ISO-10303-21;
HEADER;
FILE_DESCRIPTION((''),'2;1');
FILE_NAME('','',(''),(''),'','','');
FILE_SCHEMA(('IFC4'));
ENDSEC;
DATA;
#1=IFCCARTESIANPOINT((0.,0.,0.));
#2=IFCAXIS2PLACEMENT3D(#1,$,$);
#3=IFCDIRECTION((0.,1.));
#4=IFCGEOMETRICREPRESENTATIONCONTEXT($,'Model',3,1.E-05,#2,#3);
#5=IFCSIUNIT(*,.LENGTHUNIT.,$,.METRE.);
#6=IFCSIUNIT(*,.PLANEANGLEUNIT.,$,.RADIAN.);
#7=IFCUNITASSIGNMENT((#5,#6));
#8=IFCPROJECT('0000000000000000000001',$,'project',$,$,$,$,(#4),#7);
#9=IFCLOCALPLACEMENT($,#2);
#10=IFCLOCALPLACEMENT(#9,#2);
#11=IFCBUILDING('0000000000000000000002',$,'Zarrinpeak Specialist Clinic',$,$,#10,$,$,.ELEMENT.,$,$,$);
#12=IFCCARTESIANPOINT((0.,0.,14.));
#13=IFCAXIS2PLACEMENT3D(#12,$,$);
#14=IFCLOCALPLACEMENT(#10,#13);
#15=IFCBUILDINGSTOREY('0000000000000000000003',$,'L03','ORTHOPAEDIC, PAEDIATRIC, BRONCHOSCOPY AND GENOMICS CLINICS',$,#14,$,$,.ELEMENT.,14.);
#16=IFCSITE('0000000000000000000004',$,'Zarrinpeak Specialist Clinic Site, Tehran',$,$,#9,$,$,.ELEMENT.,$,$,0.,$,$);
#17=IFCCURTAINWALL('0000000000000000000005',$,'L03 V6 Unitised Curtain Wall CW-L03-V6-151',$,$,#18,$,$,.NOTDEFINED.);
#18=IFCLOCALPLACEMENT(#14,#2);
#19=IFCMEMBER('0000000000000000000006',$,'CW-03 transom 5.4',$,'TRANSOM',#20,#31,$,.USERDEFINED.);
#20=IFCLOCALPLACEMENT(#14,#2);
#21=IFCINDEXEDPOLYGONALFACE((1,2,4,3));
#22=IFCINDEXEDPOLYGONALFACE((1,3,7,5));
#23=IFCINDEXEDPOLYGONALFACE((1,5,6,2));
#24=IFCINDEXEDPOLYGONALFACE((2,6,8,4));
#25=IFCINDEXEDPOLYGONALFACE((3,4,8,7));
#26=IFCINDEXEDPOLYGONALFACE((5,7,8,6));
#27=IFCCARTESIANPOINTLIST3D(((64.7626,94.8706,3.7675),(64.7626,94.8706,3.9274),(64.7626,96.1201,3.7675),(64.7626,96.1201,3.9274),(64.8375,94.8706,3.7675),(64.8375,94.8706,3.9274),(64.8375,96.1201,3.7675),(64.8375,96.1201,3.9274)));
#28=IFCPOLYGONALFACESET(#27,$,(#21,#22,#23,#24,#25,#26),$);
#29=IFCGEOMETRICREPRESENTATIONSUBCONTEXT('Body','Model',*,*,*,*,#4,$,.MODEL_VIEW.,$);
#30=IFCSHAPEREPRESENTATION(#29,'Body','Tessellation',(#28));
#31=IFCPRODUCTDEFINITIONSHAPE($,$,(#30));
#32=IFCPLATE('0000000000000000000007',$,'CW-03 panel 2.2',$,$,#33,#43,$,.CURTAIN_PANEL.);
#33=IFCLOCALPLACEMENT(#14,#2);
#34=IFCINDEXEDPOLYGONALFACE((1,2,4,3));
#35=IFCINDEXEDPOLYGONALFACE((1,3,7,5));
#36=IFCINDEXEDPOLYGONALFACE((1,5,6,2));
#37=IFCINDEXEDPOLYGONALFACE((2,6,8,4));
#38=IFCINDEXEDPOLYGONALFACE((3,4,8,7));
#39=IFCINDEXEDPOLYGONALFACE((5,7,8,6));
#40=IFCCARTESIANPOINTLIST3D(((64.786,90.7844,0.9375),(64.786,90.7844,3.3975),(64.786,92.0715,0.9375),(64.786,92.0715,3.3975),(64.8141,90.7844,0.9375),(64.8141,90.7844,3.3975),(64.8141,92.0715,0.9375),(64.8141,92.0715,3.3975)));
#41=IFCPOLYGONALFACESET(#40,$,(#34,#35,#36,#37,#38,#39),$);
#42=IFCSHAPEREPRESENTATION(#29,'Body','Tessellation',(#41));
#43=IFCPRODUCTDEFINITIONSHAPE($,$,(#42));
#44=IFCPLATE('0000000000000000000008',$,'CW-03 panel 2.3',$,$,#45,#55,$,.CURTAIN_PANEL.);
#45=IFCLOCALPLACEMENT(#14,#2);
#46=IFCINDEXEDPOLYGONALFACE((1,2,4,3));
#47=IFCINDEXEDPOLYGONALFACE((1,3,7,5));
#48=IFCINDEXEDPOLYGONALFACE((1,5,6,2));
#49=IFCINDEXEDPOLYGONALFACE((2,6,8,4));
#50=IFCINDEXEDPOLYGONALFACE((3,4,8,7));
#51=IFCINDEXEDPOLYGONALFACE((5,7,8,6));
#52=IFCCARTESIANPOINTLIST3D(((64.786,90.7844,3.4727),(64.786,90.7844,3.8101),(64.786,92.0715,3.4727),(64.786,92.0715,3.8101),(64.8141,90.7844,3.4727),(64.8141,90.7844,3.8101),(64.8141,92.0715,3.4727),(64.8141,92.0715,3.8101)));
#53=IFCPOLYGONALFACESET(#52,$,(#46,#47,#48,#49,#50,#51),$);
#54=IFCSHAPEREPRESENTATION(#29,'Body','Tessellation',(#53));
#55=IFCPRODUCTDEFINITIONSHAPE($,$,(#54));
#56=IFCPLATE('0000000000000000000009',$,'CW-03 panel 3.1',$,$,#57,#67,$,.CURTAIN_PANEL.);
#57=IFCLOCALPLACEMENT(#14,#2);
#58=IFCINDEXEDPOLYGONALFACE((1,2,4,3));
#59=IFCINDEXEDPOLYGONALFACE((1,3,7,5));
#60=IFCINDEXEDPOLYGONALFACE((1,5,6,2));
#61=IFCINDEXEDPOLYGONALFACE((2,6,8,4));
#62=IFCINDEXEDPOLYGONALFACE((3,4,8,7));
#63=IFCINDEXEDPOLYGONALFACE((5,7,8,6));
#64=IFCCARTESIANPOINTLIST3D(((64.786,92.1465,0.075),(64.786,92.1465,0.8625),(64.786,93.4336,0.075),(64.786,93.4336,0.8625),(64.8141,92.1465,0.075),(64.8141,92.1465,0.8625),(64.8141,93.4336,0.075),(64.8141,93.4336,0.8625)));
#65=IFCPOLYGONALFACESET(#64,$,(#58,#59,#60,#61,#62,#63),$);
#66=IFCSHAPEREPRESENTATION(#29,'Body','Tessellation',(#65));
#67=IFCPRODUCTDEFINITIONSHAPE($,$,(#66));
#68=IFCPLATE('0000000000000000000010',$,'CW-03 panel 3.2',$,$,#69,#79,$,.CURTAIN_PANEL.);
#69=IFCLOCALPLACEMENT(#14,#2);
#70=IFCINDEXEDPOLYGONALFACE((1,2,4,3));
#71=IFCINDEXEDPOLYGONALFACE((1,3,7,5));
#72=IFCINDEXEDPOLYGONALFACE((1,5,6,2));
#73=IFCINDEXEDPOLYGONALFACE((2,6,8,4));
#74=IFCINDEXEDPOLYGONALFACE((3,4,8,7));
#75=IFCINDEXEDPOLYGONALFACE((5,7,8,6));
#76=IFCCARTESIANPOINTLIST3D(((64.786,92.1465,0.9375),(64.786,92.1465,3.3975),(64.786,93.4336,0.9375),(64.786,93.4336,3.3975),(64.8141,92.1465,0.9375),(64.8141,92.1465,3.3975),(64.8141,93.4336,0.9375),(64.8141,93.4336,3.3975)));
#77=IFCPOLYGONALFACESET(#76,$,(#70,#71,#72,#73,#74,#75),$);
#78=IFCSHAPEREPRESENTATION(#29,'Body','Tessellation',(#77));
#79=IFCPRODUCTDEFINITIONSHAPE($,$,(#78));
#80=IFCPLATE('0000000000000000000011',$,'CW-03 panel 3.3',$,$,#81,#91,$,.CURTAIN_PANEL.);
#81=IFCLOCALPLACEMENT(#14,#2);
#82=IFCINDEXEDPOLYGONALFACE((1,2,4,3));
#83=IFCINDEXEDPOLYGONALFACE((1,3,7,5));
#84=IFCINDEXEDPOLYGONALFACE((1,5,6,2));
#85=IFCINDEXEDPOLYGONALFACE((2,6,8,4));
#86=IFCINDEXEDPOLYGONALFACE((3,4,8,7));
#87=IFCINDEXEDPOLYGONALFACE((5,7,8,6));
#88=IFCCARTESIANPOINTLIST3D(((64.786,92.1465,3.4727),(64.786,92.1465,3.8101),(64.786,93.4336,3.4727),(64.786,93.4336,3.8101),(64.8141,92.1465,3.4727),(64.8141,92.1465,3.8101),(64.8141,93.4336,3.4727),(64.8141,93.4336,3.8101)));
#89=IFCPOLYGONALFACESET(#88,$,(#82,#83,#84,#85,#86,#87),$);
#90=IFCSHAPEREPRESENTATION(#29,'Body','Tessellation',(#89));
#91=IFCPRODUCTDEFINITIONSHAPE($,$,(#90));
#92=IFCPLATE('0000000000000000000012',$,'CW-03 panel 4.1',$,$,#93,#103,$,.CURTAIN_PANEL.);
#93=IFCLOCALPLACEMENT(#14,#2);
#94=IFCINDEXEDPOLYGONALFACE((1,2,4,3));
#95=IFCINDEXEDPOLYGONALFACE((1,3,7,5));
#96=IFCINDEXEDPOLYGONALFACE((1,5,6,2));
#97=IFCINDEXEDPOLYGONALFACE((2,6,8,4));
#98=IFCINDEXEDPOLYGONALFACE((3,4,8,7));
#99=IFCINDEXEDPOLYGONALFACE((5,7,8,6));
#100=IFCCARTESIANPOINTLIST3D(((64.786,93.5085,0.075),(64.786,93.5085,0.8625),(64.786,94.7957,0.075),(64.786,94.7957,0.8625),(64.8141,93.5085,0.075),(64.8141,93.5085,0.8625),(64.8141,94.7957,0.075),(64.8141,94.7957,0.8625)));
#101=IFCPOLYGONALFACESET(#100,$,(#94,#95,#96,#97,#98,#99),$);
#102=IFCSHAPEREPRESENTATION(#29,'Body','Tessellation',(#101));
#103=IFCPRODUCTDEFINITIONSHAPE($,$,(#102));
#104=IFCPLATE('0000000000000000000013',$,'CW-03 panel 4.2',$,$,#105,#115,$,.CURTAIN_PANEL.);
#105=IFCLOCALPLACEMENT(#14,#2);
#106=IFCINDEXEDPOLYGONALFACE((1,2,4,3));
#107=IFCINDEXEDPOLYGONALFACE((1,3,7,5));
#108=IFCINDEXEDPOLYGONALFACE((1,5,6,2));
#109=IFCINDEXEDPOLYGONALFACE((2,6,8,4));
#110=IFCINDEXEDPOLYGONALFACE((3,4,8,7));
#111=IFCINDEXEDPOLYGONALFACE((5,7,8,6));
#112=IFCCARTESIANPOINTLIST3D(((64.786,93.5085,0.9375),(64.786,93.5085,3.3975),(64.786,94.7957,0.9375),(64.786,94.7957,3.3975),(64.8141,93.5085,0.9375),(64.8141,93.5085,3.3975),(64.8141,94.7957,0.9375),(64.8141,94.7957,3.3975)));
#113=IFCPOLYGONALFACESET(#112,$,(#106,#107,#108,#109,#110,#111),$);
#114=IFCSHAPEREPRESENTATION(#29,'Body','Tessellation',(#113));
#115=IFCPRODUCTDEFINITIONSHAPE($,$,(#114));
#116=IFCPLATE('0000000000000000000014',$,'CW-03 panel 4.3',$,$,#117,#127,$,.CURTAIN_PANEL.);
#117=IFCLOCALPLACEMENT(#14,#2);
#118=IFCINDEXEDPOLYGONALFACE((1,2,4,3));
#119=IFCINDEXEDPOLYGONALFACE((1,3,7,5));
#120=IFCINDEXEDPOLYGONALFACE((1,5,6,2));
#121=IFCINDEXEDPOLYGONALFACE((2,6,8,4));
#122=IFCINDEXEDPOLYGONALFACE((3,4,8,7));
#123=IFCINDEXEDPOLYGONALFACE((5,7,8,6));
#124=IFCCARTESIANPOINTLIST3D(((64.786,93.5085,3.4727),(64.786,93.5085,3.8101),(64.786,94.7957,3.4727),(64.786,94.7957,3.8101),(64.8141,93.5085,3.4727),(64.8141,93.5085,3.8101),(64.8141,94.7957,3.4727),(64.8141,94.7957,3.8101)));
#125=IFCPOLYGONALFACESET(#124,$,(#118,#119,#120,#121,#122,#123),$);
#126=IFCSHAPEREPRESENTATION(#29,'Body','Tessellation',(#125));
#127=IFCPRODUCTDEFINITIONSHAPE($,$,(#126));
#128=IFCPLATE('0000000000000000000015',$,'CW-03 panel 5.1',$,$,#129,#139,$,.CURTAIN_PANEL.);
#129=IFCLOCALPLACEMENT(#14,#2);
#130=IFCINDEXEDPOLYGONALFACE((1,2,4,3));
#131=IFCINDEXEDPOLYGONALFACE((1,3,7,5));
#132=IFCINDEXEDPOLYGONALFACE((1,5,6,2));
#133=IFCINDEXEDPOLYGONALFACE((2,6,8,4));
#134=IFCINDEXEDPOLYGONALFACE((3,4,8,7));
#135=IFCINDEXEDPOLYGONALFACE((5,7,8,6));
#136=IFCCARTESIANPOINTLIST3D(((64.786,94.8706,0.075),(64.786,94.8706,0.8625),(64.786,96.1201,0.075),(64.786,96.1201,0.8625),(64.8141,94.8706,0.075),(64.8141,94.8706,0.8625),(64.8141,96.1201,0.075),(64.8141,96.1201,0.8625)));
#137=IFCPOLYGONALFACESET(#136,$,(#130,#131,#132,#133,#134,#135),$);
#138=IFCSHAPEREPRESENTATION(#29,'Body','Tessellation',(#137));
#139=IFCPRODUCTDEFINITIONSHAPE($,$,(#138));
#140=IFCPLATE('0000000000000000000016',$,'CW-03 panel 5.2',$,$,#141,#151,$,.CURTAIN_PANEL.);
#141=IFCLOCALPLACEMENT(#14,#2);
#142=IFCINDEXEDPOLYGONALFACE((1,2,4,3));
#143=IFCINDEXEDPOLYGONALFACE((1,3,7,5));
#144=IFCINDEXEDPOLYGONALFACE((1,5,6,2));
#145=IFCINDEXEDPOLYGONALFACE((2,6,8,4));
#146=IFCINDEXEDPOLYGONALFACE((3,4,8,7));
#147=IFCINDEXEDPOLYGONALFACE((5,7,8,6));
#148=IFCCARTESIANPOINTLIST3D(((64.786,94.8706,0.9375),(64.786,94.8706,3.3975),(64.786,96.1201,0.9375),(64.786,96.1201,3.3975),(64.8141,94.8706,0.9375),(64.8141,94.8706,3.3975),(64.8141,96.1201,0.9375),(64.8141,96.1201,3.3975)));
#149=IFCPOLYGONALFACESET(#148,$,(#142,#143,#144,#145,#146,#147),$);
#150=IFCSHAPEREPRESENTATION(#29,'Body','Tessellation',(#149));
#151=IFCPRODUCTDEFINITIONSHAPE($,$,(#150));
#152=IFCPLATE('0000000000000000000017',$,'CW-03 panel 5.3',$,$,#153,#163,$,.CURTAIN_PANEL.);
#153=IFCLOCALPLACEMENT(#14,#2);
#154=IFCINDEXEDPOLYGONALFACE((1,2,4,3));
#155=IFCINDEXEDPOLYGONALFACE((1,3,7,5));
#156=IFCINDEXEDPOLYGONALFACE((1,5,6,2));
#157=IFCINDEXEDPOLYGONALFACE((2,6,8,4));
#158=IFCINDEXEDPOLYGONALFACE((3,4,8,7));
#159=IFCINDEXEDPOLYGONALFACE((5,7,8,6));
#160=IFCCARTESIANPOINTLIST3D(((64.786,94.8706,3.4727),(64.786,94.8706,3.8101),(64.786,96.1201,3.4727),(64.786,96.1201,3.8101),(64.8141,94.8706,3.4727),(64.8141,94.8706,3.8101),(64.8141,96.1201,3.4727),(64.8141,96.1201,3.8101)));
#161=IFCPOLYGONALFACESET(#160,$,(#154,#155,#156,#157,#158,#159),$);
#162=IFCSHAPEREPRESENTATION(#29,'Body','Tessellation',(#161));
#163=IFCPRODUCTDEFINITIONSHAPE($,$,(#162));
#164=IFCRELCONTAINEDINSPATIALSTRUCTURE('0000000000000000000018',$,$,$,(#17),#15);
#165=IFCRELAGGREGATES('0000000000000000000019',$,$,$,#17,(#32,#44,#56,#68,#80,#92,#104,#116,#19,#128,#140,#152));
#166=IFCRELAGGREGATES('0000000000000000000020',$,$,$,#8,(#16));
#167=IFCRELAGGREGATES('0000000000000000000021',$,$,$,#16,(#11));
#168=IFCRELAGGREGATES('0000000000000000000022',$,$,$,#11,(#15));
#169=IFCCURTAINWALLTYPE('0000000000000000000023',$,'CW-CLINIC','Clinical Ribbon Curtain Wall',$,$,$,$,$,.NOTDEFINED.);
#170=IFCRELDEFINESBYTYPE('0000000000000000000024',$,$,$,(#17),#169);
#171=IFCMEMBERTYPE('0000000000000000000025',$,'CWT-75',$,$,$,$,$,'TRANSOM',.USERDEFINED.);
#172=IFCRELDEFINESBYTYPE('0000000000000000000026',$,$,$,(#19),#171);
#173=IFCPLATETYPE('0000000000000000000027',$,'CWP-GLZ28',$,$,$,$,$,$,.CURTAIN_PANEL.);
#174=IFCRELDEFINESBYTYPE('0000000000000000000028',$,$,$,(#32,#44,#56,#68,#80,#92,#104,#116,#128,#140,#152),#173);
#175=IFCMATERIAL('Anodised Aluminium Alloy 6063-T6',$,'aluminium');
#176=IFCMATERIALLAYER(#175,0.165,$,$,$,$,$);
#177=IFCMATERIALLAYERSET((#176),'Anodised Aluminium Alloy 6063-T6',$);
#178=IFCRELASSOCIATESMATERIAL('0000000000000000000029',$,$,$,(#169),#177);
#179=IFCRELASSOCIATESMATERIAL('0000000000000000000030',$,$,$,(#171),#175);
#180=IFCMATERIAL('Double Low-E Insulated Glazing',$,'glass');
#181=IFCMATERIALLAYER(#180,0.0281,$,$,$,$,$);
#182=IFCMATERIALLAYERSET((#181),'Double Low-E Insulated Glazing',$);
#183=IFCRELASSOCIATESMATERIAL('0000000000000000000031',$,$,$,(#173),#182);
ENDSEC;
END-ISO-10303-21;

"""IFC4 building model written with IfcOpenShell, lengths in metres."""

from ifc_helpers import new_model, si_unit, direction, frame, origin, origin_2d, place, context, subcontext, project, spatial, rectangle, extrude, material, layer, layer_set, material_profile, profile_set, type_object, element, aggregate, save


model = new_model("IFC4")

# Units and contexts
model_context = context("Model", 3, precision=1e-05, world=origin(), true_north=direction((0.0, 1.0)))
body_context = subcontext(model_context, "Body", "Model", "MODEL_VIEW")
ifc_project = project(units=[si_unit("LENGTHUNIT", "METRE"), si_unit("PLANEANGLEUNIT", "RADIAN")], contexts=[model_context])

# Site, building, storey
site_placement = place(None, origin())
site = spatial("IfcSite", under=ifc_project, at=site_placement, Name="Zarrinpeak Specialist Clinic Site, Tehran", CompositionType="ELEMENT", RefElevation=0.0)
building_placement = place(site_placement, origin())
building = spatial("IfcBuilding", under=site, at=building_placement, Name="Zarrinpeak Specialist Clinic", CompositionType="ELEMENT")
storey_placement = place(building_placement, frame((0.0, 0.0, 14.0)))
storey = spatial("IfcBuildingStorey", under=building, at=storey_placement, Name="L03", Description="ORTHOPAEDIC, PAEDIATRIC, BRONCHOSCOPY AND GENOMICS CLINICS", CompositionType="ELEMENT", Elevation=14.0)

# Curtain wall, member, plates
ifc_material_1 = material(Name="Anodised Aluminium Alloy 6063-T6", Category="aluminium")
ifc_layer_1 = layer(ifc_material_1, 0.165)
ifc_layer_set_1 = layer_set([ifc_layer_1], Name="Anodised Aluminium Alloy 6063-T6")
curtain_wall_type = type_object("IfcCurtainWallType", Name="CW-CLINIC", Description="Clinical Ribbon Curtain Wall", PredefinedType="NOTDEFINED", material=ifc_layer_set_1)
curtain_wall_placement = place(storey_placement, origin())
curtain_wall = element("IfcCurtainWall", 1, at=curtain_wall_placement, inside=storey, type_object=curtain_wall_type, Name="L03 V6 Unitised Curtain Wall CW-L03-V6-151", PredefinedType="NOTDEFINED")
ifc_material_profile_1 = material_profile(ifc_material_1, rectangle(XDim=0.075, YDim=0.1599, at=origin_2d()), Name="ALU 75x160")
ifc_profile_set_1 = profile_set([ifc_material_profile_1], Name="Anodised Aluminium Alloy 6063-T6")
member_type_1 = type_object("IfcMemberType", Name="CWT-75", ElementType="TRANSOM", PredefinedType="USERDEFINED", material=ifc_profile_set_1)
member_1_placement = place(storey_placement, frame((64.8, 94.8706, 3.8474), z_axis=(0.0, 1.0, 0.0), x_axis=(-1.0, 0.0, 0.0)))
member_1 = element("IfcMember", 2, at=member_1_placement, type_object=member_type_1, Name="CW-03 transom 5.4", ObjectType="TRANSOM", PredefinedType="USERDEFINED", context=body_context, shape_type="SweptSolid", body=[
    extrude(rectangle(XDim=0.075, YDim=0.1599, at=origin_2d()), origin(), (0.0, 0.0, 1.0), 1.2495),
])
ifc_material_2 = material(Name="Double Low-E Insulated Glazing", Category="glass")
ifc_layer_2 = layer(ifc_material_2, 0.0281)
ifc_layer_set_2 = layer_set([ifc_layer_2], Name="Double Low-E Insulated Glazing")
plate_type = type_object("IfcPlateType", Name="CWP-GLZ28", PredefinedType="CURTAIN_PANEL", material=ifc_layer_set_2)
plate_1_placement = place(storey_placement, frame((64.8, 91.428, 0.9375), z_axis=(0.0, 0.0, 1.0), x_axis=(0.0, 1.0, 0.0)))
plate_1 = element("IfcPlate", 3, at=plate_1_placement, type_object=plate_type, Name="CW-03 panel 2.2", PredefinedType="CURTAIN_PANEL", context=body_context, shape_type="SweptSolid", body=[
    extrude(rectangle(XDim=1.2871, YDim=0.0281, at=origin_2d()), origin(), (0.0, 0.0, 1.0), 2.46),
])
plate_2_placement = place(storey_placement, frame((64.8, 91.428, 3.4727), z_axis=(0.0, 0.0, 1.0), x_axis=(0.0, 1.0, 0.0)))
plate_2 = element("IfcPlate", 4, at=plate_2_placement, type_object=plate_type, Name="CW-03 panel 2.3", PredefinedType="CURTAIN_PANEL", context=body_context, shape_type="SweptSolid", body=[
    extrude(rectangle(XDim=1.2871, YDim=0.0281, at=origin_2d()), origin(), (0.0, 0.0, 1.0), 0.3374),
])
plate_3_placement = place(storey_placement, frame((64.8, 92.79, 0.075), z_axis=(0.0, 0.0, 1.0), x_axis=(0.0, 1.0, 0.0)))
plate_3 = element("IfcPlate", 5, at=plate_3_placement, type_object=plate_type, Name="CW-03 panel 3.1", PredefinedType="CURTAIN_PANEL", context=body_context, shape_type="SweptSolid", body=[
    extrude(rectangle(XDim=1.2871, YDim=0.0281, at=origin_2d()), origin(), (0.0, 0.0, 1.0), 0.7876),
])
plate_4_placement = place(storey_placement, frame((64.8, 92.79, 0.9375), z_axis=(0.0, 0.0, 1.0), x_axis=(0.0, 1.0, 0.0)))
plate_4 = element("IfcPlate", 6, at=plate_4_placement, type_object=plate_type, Name="CW-03 panel 3.2", PredefinedType="CURTAIN_PANEL", context=body_context, shape_type="SweptSolid", body=[
    extrude(rectangle(XDim=1.2871, YDim=0.0281, at=origin_2d()), origin(), (0.0, 0.0, 1.0), 2.46),
])
plate_5_placement = place(storey_placement, frame((64.8, 92.79, 3.4727), z_axis=(0.0, 0.0, 1.0), x_axis=(0.0, 1.0, 0.0)))
plate_5 = element("IfcPlate", 7, at=plate_5_placement, type_object=plate_type, Name="CW-03 panel 3.3", PredefinedType="CURTAIN_PANEL", context=body_context, shape_type="SweptSolid", body=[
    extrude(rectangle(XDim=1.2871, YDim=0.0281, at=origin_2d()), origin(), (0.0, 0.0, 1.0), 0.3374),
])
plate_6_placement = place(storey_placement, frame((64.8, 94.1521, 0.075), z_axis=(0.0, 0.0, 1.0), x_axis=(0.0, 1.0, 0.0)))
plate_6 = element("IfcPlate", 8, at=plate_6_placement, type_object=plate_type, Name="CW-03 panel 4.1", PredefinedType="CURTAIN_PANEL", context=body_context, shape_type="SweptSolid", body=[
    extrude(rectangle(XDim=1.2871, YDim=0.0281, at=origin_2d()), origin(), (0.0, 0.0, 1.0), 0.7876),
])
plate_7_placement = place(storey_placement, frame((64.8, 94.1521, 0.9375), z_axis=(0.0, 0.0, 1.0), x_axis=(0.0, 1.0, 0.0)))
plate_7 = element("IfcPlate", 9, at=plate_7_placement, type_object=plate_type, Name="CW-03 panel 4.2", PredefinedType="CURTAIN_PANEL", context=body_context, shape_type="SweptSolid", body=[
    extrude(rectangle(XDim=1.2871, YDim=0.0281, at=origin_2d()), origin(), (0.0, 0.0, 1.0), 2.46),
])
plate_8_placement = place(storey_placement, frame((64.8, 94.1521, 3.4727), z_axis=(0.0, 0.0, 1.0), x_axis=(0.0, 1.0, 0.0)))
plate_8 = element("IfcPlate", 10, at=plate_8_placement, type_object=plate_type, Name="CW-03 panel 4.3", PredefinedType="CURTAIN_PANEL", context=body_context, shape_type="SweptSolid", body=[
    extrude(rectangle(XDim=1.2871, YDim=0.0281, at=origin_2d()), origin(), (0.0, 0.0, 1.0), 0.3374),
])
plate_9_placement = place(storey_placement, frame((64.8, 95.4954, 0.075), z_axis=(0.0, 0.0, 1.0), x_axis=(0.0, 1.0, 0.0)))
plate_9 = element("IfcPlate", 11, at=plate_9_placement, type_object=plate_type, Name="CW-03 panel 5.1", PredefinedType="CURTAIN_PANEL", context=body_context, shape_type="SweptSolid", body=[
    extrude(rectangle(XDim=1.2495, YDim=0.0281, at=origin_2d()), origin(), (0.0, 0.0, 1.0), 0.7876),
])
plate_10_placement = place(storey_placement, frame((64.8, 95.4954, 0.9375), z_axis=(0.0, 0.0, 1.0), x_axis=(0.0, 1.0, 0.0)))
plate_10 = element("IfcPlate", 12, at=plate_10_placement, type_object=plate_type, Name="CW-03 panel 5.2", PredefinedType="CURTAIN_PANEL", context=body_context, shape_type="SweptSolid", body=[
    extrude(rectangle(XDim=1.2495, YDim=0.0281, at=origin_2d()), origin(), (0.0, 0.0, 1.0), 2.46),
])
plate_11_placement = place(storey_placement, frame((64.8, 95.4954, 3.4727), z_axis=(0.0, 0.0, 1.0), x_axis=(0.0, 1.0, 0.0)))
plate_11 = element("IfcPlate", 13, at=plate_11_placement, type_object=plate_type, Name="CW-03 panel 5.3", PredefinedType="CURTAIN_PANEL", context=body_context, shape_type="SweptSolid", body=[
    extrude(rectangle(XDim=1.2495, YDim=0.0281, at=origin_2d()), origin(), (0.0, 0.0, 1.0), 0.3374),
])
aggregate(curtain_wall, [plate_1, plate_2, plate_3, plate_4, plate_5, plate_6, plate_7, plate_8, member_1, plate_9, plate_10, plate_11])

save(model, "model.ifc")
